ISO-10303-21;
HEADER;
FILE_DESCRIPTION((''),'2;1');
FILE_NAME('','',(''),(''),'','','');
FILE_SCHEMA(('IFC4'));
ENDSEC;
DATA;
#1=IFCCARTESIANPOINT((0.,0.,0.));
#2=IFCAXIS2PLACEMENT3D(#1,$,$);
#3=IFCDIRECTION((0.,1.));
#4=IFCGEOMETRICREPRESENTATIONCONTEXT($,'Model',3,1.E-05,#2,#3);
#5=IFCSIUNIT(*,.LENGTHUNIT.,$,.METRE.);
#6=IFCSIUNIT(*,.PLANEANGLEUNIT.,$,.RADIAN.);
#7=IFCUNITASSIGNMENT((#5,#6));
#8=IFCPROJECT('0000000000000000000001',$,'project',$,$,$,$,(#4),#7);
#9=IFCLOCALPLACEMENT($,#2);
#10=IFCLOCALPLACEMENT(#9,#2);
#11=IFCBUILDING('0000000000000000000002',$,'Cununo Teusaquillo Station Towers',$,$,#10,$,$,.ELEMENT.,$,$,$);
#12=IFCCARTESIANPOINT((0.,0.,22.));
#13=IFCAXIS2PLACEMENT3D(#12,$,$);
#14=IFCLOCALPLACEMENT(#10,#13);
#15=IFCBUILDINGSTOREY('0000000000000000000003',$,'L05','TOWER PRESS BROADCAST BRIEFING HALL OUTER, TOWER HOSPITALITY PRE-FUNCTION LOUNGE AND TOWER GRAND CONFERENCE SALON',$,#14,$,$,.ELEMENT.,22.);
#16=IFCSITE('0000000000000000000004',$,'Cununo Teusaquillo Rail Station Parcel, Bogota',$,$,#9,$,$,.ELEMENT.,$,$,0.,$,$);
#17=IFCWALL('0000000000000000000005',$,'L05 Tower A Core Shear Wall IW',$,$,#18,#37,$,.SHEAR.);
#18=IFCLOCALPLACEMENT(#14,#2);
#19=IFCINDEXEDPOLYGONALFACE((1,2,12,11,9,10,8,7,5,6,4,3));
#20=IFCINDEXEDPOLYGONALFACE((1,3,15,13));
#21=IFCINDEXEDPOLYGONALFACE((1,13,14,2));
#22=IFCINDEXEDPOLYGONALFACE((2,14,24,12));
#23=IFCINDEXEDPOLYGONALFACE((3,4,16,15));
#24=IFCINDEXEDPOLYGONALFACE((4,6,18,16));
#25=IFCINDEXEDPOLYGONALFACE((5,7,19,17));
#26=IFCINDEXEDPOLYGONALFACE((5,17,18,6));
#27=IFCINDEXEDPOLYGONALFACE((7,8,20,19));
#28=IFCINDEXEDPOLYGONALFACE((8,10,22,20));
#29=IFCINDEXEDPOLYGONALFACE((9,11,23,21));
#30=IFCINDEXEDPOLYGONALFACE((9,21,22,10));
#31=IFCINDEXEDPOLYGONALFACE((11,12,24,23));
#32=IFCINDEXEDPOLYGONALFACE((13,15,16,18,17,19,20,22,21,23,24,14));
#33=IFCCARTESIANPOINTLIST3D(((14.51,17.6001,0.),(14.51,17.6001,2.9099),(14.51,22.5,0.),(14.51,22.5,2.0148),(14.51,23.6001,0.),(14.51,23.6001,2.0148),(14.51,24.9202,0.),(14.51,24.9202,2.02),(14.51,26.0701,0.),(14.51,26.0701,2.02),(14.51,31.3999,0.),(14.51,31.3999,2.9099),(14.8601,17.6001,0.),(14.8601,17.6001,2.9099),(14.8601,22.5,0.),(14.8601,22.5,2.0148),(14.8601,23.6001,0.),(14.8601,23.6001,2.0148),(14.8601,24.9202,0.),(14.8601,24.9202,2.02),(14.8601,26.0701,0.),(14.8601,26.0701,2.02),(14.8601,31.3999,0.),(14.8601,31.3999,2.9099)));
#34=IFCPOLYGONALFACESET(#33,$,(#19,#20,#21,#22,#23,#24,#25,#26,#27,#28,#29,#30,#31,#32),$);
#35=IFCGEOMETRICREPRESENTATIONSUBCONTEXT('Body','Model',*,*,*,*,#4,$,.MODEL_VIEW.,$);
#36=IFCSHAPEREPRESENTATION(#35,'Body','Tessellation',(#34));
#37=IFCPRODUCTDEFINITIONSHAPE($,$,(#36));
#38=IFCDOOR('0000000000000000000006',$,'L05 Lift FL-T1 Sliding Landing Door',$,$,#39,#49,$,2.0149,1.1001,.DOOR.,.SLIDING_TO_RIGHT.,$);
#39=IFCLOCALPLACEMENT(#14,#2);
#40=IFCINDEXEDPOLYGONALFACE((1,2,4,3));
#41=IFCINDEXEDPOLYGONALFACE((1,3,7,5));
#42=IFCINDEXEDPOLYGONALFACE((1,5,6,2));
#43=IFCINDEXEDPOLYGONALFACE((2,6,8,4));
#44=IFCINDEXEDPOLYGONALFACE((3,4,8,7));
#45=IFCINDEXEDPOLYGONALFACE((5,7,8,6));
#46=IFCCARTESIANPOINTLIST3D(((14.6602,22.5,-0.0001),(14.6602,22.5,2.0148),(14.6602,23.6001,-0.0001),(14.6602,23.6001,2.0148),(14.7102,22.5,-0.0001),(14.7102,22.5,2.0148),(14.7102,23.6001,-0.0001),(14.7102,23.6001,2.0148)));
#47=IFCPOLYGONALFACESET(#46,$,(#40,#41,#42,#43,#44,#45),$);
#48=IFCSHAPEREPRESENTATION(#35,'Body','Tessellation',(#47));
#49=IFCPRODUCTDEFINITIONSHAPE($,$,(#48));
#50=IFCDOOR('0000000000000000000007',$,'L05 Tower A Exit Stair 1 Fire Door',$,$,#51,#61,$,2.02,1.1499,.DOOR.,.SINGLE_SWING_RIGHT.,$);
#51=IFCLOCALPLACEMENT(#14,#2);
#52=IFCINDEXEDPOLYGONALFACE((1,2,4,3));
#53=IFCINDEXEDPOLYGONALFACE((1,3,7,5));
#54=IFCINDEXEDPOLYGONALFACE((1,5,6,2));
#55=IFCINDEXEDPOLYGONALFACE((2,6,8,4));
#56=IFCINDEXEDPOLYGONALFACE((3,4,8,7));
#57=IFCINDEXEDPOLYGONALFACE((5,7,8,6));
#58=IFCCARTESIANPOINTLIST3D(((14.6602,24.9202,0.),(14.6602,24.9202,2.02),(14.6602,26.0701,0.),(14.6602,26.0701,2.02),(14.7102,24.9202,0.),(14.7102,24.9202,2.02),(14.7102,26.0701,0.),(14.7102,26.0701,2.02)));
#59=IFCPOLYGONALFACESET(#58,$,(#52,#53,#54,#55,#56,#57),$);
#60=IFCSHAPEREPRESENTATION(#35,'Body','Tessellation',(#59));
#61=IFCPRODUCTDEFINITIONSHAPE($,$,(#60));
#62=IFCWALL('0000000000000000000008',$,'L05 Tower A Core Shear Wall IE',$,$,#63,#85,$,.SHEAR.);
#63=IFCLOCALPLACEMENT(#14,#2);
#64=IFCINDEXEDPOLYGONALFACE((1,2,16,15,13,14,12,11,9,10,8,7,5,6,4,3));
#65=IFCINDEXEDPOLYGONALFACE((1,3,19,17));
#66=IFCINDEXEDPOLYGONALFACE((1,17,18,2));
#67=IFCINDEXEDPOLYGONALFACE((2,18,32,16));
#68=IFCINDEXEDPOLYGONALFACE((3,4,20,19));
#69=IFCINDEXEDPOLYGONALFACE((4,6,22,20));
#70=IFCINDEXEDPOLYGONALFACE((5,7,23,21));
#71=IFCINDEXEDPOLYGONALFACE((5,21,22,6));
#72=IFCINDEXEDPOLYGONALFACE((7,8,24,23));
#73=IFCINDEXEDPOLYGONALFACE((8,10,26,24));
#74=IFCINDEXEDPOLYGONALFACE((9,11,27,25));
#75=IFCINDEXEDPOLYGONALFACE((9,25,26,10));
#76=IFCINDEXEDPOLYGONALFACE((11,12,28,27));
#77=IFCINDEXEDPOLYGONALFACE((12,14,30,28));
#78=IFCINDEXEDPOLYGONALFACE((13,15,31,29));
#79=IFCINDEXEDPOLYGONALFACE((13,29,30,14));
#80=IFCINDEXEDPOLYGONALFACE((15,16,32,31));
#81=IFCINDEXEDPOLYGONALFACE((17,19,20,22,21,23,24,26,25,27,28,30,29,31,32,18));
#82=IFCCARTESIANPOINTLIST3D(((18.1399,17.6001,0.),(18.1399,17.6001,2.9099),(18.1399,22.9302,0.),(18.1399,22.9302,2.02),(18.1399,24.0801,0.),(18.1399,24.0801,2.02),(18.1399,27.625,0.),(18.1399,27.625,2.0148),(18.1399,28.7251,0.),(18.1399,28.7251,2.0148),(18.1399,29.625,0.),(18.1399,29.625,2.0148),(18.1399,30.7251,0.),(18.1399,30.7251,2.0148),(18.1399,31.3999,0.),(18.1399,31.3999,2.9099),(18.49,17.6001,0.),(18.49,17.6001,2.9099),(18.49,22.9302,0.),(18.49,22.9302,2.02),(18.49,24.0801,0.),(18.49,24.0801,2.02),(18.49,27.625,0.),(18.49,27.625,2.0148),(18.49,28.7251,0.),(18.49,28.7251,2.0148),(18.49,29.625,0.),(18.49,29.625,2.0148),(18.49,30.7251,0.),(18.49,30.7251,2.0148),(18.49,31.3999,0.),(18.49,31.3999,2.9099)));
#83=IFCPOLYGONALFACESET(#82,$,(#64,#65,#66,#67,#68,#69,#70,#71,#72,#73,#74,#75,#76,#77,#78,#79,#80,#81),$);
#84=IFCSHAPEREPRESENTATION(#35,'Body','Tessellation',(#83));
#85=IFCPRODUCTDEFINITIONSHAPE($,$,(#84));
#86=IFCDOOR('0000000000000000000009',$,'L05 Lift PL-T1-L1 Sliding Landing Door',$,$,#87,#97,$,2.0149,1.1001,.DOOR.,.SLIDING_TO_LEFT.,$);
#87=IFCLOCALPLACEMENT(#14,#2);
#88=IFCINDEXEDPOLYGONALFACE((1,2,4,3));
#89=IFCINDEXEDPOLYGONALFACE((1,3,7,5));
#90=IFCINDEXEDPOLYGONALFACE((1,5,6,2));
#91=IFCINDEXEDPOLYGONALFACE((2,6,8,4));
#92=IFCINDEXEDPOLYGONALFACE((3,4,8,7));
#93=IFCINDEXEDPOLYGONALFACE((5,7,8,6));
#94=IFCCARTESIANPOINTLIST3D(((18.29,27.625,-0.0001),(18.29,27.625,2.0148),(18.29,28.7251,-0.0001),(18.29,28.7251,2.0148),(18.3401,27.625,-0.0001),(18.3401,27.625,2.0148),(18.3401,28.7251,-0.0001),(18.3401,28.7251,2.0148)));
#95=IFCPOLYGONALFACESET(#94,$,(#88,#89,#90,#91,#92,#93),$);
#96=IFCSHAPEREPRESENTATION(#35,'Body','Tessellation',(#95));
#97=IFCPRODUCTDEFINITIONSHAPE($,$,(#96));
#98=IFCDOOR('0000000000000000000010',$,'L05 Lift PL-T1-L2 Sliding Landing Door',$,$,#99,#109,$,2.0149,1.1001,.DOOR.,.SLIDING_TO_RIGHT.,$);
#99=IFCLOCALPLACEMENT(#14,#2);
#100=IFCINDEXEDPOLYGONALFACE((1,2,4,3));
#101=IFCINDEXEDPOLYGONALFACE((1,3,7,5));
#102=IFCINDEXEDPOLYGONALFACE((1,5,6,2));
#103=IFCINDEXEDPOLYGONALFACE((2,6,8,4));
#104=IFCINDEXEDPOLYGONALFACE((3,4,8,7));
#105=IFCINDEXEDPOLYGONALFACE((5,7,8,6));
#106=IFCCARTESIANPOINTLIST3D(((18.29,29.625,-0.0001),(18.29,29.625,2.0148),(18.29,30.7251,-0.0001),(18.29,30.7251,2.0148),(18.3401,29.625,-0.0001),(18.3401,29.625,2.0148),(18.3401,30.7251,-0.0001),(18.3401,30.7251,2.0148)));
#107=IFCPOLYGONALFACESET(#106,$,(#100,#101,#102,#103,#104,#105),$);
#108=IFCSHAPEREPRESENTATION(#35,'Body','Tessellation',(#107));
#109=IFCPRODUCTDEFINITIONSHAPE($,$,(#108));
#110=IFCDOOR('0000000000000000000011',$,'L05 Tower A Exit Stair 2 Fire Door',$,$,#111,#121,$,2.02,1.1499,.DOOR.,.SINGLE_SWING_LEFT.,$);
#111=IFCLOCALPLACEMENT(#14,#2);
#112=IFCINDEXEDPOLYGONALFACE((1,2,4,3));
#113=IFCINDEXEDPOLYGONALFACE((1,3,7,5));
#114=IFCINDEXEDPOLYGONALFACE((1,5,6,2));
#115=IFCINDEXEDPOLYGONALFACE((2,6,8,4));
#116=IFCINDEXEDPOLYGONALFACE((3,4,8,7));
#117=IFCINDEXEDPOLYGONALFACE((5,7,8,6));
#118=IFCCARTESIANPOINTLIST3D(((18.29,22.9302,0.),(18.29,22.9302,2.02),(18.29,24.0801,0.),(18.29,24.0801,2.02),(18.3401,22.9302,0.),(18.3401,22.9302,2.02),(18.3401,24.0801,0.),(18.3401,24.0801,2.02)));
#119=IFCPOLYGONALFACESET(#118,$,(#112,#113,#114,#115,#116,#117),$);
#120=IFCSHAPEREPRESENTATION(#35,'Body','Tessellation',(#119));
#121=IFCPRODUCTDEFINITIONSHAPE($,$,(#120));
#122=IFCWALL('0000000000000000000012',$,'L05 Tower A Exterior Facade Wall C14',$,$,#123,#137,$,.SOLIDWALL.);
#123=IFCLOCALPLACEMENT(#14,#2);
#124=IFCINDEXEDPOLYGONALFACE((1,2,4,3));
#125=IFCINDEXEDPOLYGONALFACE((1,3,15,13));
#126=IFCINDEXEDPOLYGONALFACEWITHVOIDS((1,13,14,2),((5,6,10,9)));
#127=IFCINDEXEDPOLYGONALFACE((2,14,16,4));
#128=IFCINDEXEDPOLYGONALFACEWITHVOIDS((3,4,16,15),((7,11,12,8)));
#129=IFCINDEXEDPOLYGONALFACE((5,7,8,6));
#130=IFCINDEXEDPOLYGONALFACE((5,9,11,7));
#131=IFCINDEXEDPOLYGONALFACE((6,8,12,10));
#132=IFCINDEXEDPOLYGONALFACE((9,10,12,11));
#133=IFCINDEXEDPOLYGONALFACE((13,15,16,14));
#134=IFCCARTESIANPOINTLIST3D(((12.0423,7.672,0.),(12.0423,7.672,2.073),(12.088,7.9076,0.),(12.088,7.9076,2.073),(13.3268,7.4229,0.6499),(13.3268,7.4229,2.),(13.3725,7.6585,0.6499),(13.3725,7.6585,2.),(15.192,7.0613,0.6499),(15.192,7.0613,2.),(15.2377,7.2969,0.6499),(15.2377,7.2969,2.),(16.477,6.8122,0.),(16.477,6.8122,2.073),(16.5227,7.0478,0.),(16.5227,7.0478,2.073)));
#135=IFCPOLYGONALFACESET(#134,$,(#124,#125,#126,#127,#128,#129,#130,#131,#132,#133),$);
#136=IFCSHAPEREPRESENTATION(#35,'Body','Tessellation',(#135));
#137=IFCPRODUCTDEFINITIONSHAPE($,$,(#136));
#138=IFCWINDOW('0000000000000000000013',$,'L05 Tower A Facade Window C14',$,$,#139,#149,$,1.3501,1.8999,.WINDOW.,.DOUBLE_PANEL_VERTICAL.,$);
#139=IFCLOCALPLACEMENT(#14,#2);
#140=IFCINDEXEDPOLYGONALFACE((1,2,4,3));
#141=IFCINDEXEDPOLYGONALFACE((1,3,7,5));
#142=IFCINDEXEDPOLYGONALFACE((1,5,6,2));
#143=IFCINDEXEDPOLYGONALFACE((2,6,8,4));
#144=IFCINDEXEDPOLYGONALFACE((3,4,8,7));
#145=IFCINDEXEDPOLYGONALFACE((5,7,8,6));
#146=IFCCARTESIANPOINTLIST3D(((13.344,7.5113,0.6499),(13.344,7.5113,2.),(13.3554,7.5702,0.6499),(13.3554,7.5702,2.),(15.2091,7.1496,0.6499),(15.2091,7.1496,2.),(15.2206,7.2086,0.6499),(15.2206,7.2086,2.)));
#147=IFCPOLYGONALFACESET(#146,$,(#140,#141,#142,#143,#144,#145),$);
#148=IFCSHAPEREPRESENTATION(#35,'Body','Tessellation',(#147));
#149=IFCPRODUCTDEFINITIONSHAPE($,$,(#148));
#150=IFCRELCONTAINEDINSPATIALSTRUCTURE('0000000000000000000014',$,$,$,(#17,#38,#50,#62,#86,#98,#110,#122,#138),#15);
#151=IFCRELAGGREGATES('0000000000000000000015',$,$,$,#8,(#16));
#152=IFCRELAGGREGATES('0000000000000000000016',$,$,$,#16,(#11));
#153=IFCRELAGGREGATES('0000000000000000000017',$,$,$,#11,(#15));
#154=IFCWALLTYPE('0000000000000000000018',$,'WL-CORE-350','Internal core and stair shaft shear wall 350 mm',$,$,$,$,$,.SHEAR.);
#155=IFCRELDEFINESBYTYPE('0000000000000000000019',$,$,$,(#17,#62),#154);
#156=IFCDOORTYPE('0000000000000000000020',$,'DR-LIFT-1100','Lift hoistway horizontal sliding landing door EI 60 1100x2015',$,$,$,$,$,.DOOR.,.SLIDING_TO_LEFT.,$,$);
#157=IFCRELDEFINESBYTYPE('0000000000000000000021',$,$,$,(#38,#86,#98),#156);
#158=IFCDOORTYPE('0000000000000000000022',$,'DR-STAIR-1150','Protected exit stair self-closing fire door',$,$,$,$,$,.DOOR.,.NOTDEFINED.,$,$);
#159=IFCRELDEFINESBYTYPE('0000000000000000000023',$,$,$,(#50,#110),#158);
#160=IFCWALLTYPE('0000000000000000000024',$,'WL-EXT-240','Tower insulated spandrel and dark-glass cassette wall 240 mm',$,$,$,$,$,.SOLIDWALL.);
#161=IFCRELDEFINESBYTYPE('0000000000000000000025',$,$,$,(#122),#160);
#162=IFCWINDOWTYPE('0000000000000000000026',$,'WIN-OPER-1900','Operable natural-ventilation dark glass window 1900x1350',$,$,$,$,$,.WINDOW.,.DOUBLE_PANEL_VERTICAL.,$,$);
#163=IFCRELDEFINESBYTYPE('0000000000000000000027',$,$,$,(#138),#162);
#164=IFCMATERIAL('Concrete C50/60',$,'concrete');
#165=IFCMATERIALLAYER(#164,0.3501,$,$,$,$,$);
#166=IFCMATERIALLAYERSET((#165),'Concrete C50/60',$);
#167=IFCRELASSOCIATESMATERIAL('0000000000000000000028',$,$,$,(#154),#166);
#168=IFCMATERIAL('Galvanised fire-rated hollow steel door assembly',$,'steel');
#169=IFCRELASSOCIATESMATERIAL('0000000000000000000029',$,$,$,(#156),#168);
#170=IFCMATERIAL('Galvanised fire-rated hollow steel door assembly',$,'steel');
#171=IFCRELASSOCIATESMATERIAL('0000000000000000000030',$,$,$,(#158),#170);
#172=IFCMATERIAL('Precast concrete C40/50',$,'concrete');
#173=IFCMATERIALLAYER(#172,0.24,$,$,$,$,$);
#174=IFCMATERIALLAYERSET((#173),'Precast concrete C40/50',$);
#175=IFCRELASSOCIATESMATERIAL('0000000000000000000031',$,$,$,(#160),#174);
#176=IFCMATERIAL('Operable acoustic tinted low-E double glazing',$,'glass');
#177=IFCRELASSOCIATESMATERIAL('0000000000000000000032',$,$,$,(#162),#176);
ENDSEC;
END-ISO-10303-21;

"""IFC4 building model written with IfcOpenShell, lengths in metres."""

from ifc_helpers import new_model, si_unit, direction, frame, frame_2d, origin, place, context, subcontext, project, spatial, rectangle, extrude, source, transform, mapped, material, layer, layer_set, type_object, element, fill, save


model = new_model("IFC4")

# Units and contexts
model_context = context("Model", 3, precision=1e-05, world=origin(), true_north=direction((0.0, 1.0)))
body_context = subcontext(model_context, "Body", "Model", "MODEL_VIEW")
ifc_project = project(units=[si_unit("LENGTHUNIT", "METRE"), si_unit("PLANEANGLEUNIT", "RADIAN")], contexts=[model_context])

# Site, building, storey
site_placement = place(None, origin())
site = spatial("IfcSite", under=ifc_project, at=site_placement, Name="Cununo Teusaquillo Rail Station Parcel, Bogota", CompositionType="ELEMENT", RefElevation=0.0)
building_placement = place(site_placement, origin())
building = spatial("IfcBuilding", under=site, at=building_placement, Name="Cununo Teusaquillo Station Towers", CompositionType="ELEMENT")
storey_placement = place(building_placement, frame((0.0, 0.0, 22.0)))
storey = spatial("IfcBuildingStorey", under=building, at=storey_placement, Name="L05", Description="TOWER PRESS BROADCAST BRIEFING HALL OUTER, TOWER HOSPITALITY PRE-FUNCTION LOUNGE AND TOWER GRAND CONFERENCE SALON", CompositionType="ELEMENT", Elevation=22.0)

# Walls, openings, doors
ifc_material_1 = material(Name="Concrete C50/60", Category="concrete")
ifc_layer_1 = layer(ifc_material_1, 0.3501)
ifc_layer_set_1 = layer_set([ifc_layer_1], Name="Concrete C50/60")
wall_type_1 = type_object("IfcWallType", Name="WL-CORE-350", Description="Internal core and stair shaft shear wall 350 mm", PredefinedType="SHEAR", material=ifc_layer_set_1)
wall_1_placement = place(storey_placement, frame((14.6851, 17.6001, 0.0), z_axis=(0.0, 0.0, 1.0), x_axis=(0.0, 1.0, 0.0)))
wall_1 = element("IfcWall", 1, at=wall_1_placement, inside=storey, type_object=wall_type_1, Name="L05 Tower A Core Shear Wall IW", PredefinedType="SHEAR", context=body_context, shape_type="SweptSolid", body=[
    extrude(rectangle(XDim=13.7998, YDim=0.3501, at=frame_2d((6.8999, 0.0))), origin(), (0.0, 0.0, 1.0), 2.9099),
])
shared_shape_1 = source(origin(), body_context, "Body", "SweptSolid", [
    extrude(rectangle(XDim=1.1001, YDim=2.0149, at=frame_2d((0.55, 1.0073))), frame((0.0, 0.1851, 0.0), z_axis=(0.0, -1.0, 0.0), x_axis=(1.0, 0.0, 0.0)), (0.0, 0.0, 1.0), 0.3701),
])
opening_1_placement = place(wall_1_placement, frame((4.8999, 0.0, 0.0)))
opening_1 = element("IfcOpeningElement", 2, at=opening_1_placement, cuts=wall_1, PredefinedType="OPENING", context=body_context, shape_type="MappedRepresentation", body=[
    mapped(shared_shape_1, transform((0.0, 0.0, 0.0), x_axis=(1.0, 0.0, 0.0), y_axis=(0.0, 1.0, 0.0), z_axis=(0.0, 0.0, 1.0), scale=1.0)),
])
shared_shape_2 = source(origin(), body_context, "Body", "SweptSolid", [
    extrude(rectangle(XDim=1.1499, YDim=2.02, at=frame_2d((0.575, 1.01))), frame((0.0, 0.1851, 0.0), z_axis=(0.0, -1.0, 0.0), x_axis=(1.0, 0.0, 0.0)), (0.0, 0.0, 1.0), 0.3701),
])
opening_2_placement = place(wall_1_placement, frame((7.3201, 0.0, 0.0)))
opening_2 = element("IfcOpeningElement", 3, at=opening_2_placement, cuts=wall_1, PredefinedType="OPENING", context=body_context, shape_type="MappedRepresentation", body=[
    mapped(shared_shape_2, transform((0.0, 0.0, 0.0), x_axis=(1.0, 0.0, 0.0), y_axis=(0.0, 1.0, 0.0), z_axis=(0.0, 0.0, 1.0), scale=1.0)),
])
ifc_material_2 = material(Name="Galvanised fire-rated hollow steel door assembly", Category="steel")
door_type_1 = type_object("IfcDoorType", Name="DR-LIFT-1100", Description="Lift hoistway horizontal sliding landing door EI 60 1100x2015", OperationType="SLIDING_TO_LEFT", PredefinedType="DOOR", material=ifc_material_2)
shared_shape_3 = source(origin(), body_context, "Body", "SweptSolid", [
    extrude(rectangle(XDim=1.1001, YDim=2.0149, at=frame_2d((0.55, 1.0073))), frame((0.0, 0.0249, 0.0), z_axis=(0.0, -1.0, 0.0), x_axis=(1.0, 0.0, 0.0)), (0.0, 0.0, 1.0), 0.05),
])
door_1_placement = place(opening_1_placement, origin())
door_1 = element("IfcDoor", 4, at=door_1_placement, inside=storey, type_object=door_type_1, Name="L05 Lift FL-T1 Sliding Landing Door", OperationType="SLIDING_TO_RIGHT", OverallHeight=2.0149, OverallWidth=1.1001, PredefinedType="DOOR", context=body_context, shape_type="MappedRepresentation", body=[
    mapped(shared_shape_3, transform((0.0, 0.0, 0.0), x_axis=(1.0, 0.0, 0.0), y_axis=(0.0, 1.0, 0.0), z_axis=(0.0, 0.0, 1.0), scale=1.0)),
])
fill(opening_1, door_1)
ifc_material_3 = material(Name="Galvanised fire-rated hollow steel door assembly", Category="steel")
door_type_2 = type_object("IfcDoorType", Name="DR-STAIR-1150", Description="Protected exit stair self-closing fire door", OperationType="NOTDEFINED", PredefinedType="DOOR", material=ifc_material_3)
shared_shape_4 = source(origin(), body_context, "Body", "SweptSolid", [
    extrude(rectangle(XDim=1.1499, YDim=2.02, at=frame_2d((0.575, 1.01))), frame((0.0, 0.0249, 0.0), z_axis=(0.0, -1.0, 0.0), x_axis=(1.0, 0.0, 0.0)), (0.0, 0.0, 1.0), 0.05),
])
door_2_placement = place(opening_2_placement, origin())
door_2 = element("IfcDoor", 5, at=door_2_placement, inside=storey, type_object=door_type_2, Name="L05 Tower A Exit Stair 1 Fire Door", OperationType="SINGLE_SWING_RIGHT", OverallHeight=2.02, OverallWidth=1.1499, PredefinedType="DOOR", context=body_context, shape_type="MappedRepresentation", body=[
    mapped(shared_shape_4, transform((0.0, 0.0, 0.0), x_axis=(1.0, 0.0, 0.0), y_axis=(0.0, 1.0, 0.0), z_axis=(0.0, 0.0, 1.0), scale=1.0)),
])
fill(opening_2, door_2)
wall_2_placement = place(storey_placement, frame((18.3149, 17.6001, 0.0), z_axis=(0.0, 0.0, 1.0), x_axis=(0.0, 1.0, 0.0)))
wall_2 = element("IfcWall", 6, at=wall_2_placement, inside=storey, type_object=wall_type_1, Name="L05 Tower A Core Shear Wall IE", PredefinedType="SHEAR", context=body_context, shape_type="SweptSolid", body=[
    extrude(rectangle(XDim=13.7998, YDim=0.3501, at=frame_2d((6.8999, 0.0))), origin(), (0.0, 0.0, 1.0), 2.9099),
])
opening_3_placement = place(wall_2_placement, frame((10.0249, 0.0, 0.0)))
opening_3 = element("IfcOpeningElement", 7, at=opening_3_placement, cuts=wall_2, PredefinedType="OPENING", context=body_context, shape_type="MappedRepresentation", body=[
    mapped(shared_shape_1, transform((0.0, 0.0, 0.0), x_axis=(1.0, 0.0, 0.0), y_axis=(0.0, 1.0, 0.0), z_axis=(0.0, 0.0, 1.0), scale=1.0)),
])
opening_4_placement = place(wall_2_placement, frame((12.0249, 0.0, 0.0)))
opening_4 = element("IfcOpeningElement", 8, at=opening_4_placement, cuts=wall_2, PredefinedType="OPENING", context=body_context, shape_type="MappedRepresentation", body=[
    mapped(shared_shape_1, transform((0.0, 0.0, 0.0), x_axis=(1.0, 0.0, 0.0), y_axis=(0.0, 1.0, 0.0), z_axis=(0.0, 0.0, 1.0), scale=1.0)),
])
opening_5_placement = place(wall_2_placement, frame((5.3301, 0.0, 0.0)))
opening_5 = element("IfcOpeningElement", 9, at=opening_5_placement, cuts=wall_2, PredefinedType="OPENING", context=body_context, shape_type="MappedRepresentation", body=[
    mapped(shared_shape_2, transform((0.0, 0.0, 0.0), x_axis=(1.0, 0.0, 0.0), y_axis=(0.0, 1.0, 0.0), z_axis=(0.0, 0.0, 1.0), scale=1.0)),
])
door_3_placement = place(opening_3_placement, origin())
door_3 = element("IfcDoor", 10, at=door_3_placement, inside=storey, type_object=door_type_1, Name="L05 Lift PL-T1-L1 Sliding Landing Door", OperationType="SLIDING_TO_LEFT", OverallHeight=2.0149, OverallWidth=1.1001, PredefinedType="DOOR", context=body_context, shape_type="MappedRepresentation", body=[
    mapped(shared_shape_3, transform((0.0, 0.0, 0.0), x_axis=(1.0, 0.0, 0.0), y_axis=(0.0, 1.0, 0.0), z_axis=(0.0, 0.0, 1.0), scale=1.0)),
])
fill(opening_3, door_3)
door_4_placement = place(opening_4_placement, origin())
door_4 = element("IfcDoor", 11, at=door_4_placement, inside=storey, type_object=door_type_1, Name="L05 Lift PL-T1-L2 Sliding Landing Door", OperationType="SLIDING_TO_RIGHT", OverallHeight=2.0149, OverallWidth=1.1001, PredefinedType="DOOR", context=body_context, shape_type="MappedRepresentation", body=[
    mapped(shared_shape_3, transform((0.0, 0.0, 0.0), x_axis=(1.0, 0.0, 0.0), y_axis=(0.0, 1.0, 0.0), z_axis=(0.0, 0.0, 1.0), scale=1.0)),
])
fill(opening_4, door_4)
door_5_placement = place(opening_5_placement, origin())
door_5 = element("IfcDoor", 12, at=door_5_placement, inside=storey, type_object=door_type_2, Name="L05 Tower A Exit Stair 2 Fire Door", OperationType="SINGLE_SWING_LEFT", OverallHeight=2.02, OverallWidth=1.1499, PredefinedType="DOOR", context=body_context, shape_type="MappedRepresentation", body=[
    mapped(shared_shape_4, transform((0.0, 0.0, 0.0), x_axis=(1.0, 0.0, 0.0), y_axis=(0.0, 1.0, 0.0), z_axis=(0.0, 0.0, 1.0), scale=1.0)),
])
fill(opening_5, door_5)

# Wall, opening, window
ifc_material_4 = material(Name="Precast concrete C40/50", Category="concrete")
ifc_layer_2 = layer(ifc_material_4, 0.24)
ifc_layer_set_2 = layer_set([ifc_layer_2], Name="Precast concrete C40/50")
wall_type_2 = type_object("IfcWallType", Name="WL-EXT-240", Description="Tower insulated spandrel and dark-glass cassette wall 240 mm", PredefinedType="SOLIDWALL", material=ifc_layer_set_2)
wall_3_placement = place(storey_placement, frame((16.5, 6.9299, 0.0), z_axis=(0.0, 0.0, 1.0), x_axis=(-0.981717, 0.190345, 0.0)))
wall_3 = element("IfcWall", 13, at=wall_3_placement, inside=storey, type_object=wall_type_2, Name="L05 Tower A Exterior Facade Wall C14", PredefinedType="SOLIDWALL", context=body_context, shape_type="SweptSolid", body=[
    extrude(rectangle(XDim=4.5173, YDim=0.24, at=frame_2d((2.2588, 0.0))), origin(), (0.0, 0.0, 1.0), 2.073),
])
shared_shape_5 = source(origin(), body_context, "Body", "SweptSolid", [
    extrude(rectangle(XDim=1.8999, YDim=1.3501, at=frame_2d((0.95, 0.675))), frame((0.0, 0.1299, 0.0), z_axis=(0.0, -1.0, 0.0), x_axis=(1.0, 0.0, 0.0)), (0.0, 0.0, 1.0), 0.26),
])
opening_6_placement = place(wall_3_placement, frame((1.3091, 0.0, 0.6499)))
opening_6 = element("IfcOpeningElement", 14, at=opening_6_placement, cuts=wall_3, PredefinedType="OPENING", context=body_context, shape_type="MappedRepresentation", body=[
    mapped(shared_shape_5, transform((0.0, 0.0, 0.0), x_axis=(1.0, 0.0, 0.0), y_axis=(0.0, 1.0, 0.0), z_axis=(0.0, 0.0, 1.0), scale=1.0)),
])
ifc_material_5 = material(Name="Operable acoustic tinted low-E double glazing", Category="glass")
window_type = type_object("IfcWindowType", Name="WIN-OPER-1900", Description="Operable natural-ventilation dark glass window 1900x1350", PartitioningType="DOUBLE_PANEL_VERTICAL", PredefinedType="WINDOW", material=ifc_material_5)
shared_shape_6 = source(origin(), body_context, "Body", "SweptSolid", [
    extrude(rectangle(XDim=1.8999, YDim=1.3501, at=frame_2d((0.95, 0.675))), frame((0.0, 0.03, 0.0), z_axis=(0.0, -1.0, 0.0), x_axis=(1.0, 0.0, 0.0)), (0.0, 0.0, 1.0), 0.0601),
])
window_placement = place(opening_6_placement, origin())
window = element("IfcWindow", 15, at=window_placement, inside=storey, type_object=window_type, Name="L05 Tower A Facade Window C14", OverallHeight=1.3501, OverallWidth=1.8999, PartitioningType="DOUBLE_PANEL_VERTICAL", PredefinedType="WINDOW", context=body_context, shape_type="MappedRepresentation", body=[
    mapped(shared_shape_6, transform((0.0, 0.0, 0.0), x_axis=(1.0, 0.0, 0.0), y_axis=(0.0, 1.0, 0.0), z_axis=(0.0, 0.0, 1.0), scale=1.0)),
])
fill(opening_6, window)

save(model, "model.ifc")
